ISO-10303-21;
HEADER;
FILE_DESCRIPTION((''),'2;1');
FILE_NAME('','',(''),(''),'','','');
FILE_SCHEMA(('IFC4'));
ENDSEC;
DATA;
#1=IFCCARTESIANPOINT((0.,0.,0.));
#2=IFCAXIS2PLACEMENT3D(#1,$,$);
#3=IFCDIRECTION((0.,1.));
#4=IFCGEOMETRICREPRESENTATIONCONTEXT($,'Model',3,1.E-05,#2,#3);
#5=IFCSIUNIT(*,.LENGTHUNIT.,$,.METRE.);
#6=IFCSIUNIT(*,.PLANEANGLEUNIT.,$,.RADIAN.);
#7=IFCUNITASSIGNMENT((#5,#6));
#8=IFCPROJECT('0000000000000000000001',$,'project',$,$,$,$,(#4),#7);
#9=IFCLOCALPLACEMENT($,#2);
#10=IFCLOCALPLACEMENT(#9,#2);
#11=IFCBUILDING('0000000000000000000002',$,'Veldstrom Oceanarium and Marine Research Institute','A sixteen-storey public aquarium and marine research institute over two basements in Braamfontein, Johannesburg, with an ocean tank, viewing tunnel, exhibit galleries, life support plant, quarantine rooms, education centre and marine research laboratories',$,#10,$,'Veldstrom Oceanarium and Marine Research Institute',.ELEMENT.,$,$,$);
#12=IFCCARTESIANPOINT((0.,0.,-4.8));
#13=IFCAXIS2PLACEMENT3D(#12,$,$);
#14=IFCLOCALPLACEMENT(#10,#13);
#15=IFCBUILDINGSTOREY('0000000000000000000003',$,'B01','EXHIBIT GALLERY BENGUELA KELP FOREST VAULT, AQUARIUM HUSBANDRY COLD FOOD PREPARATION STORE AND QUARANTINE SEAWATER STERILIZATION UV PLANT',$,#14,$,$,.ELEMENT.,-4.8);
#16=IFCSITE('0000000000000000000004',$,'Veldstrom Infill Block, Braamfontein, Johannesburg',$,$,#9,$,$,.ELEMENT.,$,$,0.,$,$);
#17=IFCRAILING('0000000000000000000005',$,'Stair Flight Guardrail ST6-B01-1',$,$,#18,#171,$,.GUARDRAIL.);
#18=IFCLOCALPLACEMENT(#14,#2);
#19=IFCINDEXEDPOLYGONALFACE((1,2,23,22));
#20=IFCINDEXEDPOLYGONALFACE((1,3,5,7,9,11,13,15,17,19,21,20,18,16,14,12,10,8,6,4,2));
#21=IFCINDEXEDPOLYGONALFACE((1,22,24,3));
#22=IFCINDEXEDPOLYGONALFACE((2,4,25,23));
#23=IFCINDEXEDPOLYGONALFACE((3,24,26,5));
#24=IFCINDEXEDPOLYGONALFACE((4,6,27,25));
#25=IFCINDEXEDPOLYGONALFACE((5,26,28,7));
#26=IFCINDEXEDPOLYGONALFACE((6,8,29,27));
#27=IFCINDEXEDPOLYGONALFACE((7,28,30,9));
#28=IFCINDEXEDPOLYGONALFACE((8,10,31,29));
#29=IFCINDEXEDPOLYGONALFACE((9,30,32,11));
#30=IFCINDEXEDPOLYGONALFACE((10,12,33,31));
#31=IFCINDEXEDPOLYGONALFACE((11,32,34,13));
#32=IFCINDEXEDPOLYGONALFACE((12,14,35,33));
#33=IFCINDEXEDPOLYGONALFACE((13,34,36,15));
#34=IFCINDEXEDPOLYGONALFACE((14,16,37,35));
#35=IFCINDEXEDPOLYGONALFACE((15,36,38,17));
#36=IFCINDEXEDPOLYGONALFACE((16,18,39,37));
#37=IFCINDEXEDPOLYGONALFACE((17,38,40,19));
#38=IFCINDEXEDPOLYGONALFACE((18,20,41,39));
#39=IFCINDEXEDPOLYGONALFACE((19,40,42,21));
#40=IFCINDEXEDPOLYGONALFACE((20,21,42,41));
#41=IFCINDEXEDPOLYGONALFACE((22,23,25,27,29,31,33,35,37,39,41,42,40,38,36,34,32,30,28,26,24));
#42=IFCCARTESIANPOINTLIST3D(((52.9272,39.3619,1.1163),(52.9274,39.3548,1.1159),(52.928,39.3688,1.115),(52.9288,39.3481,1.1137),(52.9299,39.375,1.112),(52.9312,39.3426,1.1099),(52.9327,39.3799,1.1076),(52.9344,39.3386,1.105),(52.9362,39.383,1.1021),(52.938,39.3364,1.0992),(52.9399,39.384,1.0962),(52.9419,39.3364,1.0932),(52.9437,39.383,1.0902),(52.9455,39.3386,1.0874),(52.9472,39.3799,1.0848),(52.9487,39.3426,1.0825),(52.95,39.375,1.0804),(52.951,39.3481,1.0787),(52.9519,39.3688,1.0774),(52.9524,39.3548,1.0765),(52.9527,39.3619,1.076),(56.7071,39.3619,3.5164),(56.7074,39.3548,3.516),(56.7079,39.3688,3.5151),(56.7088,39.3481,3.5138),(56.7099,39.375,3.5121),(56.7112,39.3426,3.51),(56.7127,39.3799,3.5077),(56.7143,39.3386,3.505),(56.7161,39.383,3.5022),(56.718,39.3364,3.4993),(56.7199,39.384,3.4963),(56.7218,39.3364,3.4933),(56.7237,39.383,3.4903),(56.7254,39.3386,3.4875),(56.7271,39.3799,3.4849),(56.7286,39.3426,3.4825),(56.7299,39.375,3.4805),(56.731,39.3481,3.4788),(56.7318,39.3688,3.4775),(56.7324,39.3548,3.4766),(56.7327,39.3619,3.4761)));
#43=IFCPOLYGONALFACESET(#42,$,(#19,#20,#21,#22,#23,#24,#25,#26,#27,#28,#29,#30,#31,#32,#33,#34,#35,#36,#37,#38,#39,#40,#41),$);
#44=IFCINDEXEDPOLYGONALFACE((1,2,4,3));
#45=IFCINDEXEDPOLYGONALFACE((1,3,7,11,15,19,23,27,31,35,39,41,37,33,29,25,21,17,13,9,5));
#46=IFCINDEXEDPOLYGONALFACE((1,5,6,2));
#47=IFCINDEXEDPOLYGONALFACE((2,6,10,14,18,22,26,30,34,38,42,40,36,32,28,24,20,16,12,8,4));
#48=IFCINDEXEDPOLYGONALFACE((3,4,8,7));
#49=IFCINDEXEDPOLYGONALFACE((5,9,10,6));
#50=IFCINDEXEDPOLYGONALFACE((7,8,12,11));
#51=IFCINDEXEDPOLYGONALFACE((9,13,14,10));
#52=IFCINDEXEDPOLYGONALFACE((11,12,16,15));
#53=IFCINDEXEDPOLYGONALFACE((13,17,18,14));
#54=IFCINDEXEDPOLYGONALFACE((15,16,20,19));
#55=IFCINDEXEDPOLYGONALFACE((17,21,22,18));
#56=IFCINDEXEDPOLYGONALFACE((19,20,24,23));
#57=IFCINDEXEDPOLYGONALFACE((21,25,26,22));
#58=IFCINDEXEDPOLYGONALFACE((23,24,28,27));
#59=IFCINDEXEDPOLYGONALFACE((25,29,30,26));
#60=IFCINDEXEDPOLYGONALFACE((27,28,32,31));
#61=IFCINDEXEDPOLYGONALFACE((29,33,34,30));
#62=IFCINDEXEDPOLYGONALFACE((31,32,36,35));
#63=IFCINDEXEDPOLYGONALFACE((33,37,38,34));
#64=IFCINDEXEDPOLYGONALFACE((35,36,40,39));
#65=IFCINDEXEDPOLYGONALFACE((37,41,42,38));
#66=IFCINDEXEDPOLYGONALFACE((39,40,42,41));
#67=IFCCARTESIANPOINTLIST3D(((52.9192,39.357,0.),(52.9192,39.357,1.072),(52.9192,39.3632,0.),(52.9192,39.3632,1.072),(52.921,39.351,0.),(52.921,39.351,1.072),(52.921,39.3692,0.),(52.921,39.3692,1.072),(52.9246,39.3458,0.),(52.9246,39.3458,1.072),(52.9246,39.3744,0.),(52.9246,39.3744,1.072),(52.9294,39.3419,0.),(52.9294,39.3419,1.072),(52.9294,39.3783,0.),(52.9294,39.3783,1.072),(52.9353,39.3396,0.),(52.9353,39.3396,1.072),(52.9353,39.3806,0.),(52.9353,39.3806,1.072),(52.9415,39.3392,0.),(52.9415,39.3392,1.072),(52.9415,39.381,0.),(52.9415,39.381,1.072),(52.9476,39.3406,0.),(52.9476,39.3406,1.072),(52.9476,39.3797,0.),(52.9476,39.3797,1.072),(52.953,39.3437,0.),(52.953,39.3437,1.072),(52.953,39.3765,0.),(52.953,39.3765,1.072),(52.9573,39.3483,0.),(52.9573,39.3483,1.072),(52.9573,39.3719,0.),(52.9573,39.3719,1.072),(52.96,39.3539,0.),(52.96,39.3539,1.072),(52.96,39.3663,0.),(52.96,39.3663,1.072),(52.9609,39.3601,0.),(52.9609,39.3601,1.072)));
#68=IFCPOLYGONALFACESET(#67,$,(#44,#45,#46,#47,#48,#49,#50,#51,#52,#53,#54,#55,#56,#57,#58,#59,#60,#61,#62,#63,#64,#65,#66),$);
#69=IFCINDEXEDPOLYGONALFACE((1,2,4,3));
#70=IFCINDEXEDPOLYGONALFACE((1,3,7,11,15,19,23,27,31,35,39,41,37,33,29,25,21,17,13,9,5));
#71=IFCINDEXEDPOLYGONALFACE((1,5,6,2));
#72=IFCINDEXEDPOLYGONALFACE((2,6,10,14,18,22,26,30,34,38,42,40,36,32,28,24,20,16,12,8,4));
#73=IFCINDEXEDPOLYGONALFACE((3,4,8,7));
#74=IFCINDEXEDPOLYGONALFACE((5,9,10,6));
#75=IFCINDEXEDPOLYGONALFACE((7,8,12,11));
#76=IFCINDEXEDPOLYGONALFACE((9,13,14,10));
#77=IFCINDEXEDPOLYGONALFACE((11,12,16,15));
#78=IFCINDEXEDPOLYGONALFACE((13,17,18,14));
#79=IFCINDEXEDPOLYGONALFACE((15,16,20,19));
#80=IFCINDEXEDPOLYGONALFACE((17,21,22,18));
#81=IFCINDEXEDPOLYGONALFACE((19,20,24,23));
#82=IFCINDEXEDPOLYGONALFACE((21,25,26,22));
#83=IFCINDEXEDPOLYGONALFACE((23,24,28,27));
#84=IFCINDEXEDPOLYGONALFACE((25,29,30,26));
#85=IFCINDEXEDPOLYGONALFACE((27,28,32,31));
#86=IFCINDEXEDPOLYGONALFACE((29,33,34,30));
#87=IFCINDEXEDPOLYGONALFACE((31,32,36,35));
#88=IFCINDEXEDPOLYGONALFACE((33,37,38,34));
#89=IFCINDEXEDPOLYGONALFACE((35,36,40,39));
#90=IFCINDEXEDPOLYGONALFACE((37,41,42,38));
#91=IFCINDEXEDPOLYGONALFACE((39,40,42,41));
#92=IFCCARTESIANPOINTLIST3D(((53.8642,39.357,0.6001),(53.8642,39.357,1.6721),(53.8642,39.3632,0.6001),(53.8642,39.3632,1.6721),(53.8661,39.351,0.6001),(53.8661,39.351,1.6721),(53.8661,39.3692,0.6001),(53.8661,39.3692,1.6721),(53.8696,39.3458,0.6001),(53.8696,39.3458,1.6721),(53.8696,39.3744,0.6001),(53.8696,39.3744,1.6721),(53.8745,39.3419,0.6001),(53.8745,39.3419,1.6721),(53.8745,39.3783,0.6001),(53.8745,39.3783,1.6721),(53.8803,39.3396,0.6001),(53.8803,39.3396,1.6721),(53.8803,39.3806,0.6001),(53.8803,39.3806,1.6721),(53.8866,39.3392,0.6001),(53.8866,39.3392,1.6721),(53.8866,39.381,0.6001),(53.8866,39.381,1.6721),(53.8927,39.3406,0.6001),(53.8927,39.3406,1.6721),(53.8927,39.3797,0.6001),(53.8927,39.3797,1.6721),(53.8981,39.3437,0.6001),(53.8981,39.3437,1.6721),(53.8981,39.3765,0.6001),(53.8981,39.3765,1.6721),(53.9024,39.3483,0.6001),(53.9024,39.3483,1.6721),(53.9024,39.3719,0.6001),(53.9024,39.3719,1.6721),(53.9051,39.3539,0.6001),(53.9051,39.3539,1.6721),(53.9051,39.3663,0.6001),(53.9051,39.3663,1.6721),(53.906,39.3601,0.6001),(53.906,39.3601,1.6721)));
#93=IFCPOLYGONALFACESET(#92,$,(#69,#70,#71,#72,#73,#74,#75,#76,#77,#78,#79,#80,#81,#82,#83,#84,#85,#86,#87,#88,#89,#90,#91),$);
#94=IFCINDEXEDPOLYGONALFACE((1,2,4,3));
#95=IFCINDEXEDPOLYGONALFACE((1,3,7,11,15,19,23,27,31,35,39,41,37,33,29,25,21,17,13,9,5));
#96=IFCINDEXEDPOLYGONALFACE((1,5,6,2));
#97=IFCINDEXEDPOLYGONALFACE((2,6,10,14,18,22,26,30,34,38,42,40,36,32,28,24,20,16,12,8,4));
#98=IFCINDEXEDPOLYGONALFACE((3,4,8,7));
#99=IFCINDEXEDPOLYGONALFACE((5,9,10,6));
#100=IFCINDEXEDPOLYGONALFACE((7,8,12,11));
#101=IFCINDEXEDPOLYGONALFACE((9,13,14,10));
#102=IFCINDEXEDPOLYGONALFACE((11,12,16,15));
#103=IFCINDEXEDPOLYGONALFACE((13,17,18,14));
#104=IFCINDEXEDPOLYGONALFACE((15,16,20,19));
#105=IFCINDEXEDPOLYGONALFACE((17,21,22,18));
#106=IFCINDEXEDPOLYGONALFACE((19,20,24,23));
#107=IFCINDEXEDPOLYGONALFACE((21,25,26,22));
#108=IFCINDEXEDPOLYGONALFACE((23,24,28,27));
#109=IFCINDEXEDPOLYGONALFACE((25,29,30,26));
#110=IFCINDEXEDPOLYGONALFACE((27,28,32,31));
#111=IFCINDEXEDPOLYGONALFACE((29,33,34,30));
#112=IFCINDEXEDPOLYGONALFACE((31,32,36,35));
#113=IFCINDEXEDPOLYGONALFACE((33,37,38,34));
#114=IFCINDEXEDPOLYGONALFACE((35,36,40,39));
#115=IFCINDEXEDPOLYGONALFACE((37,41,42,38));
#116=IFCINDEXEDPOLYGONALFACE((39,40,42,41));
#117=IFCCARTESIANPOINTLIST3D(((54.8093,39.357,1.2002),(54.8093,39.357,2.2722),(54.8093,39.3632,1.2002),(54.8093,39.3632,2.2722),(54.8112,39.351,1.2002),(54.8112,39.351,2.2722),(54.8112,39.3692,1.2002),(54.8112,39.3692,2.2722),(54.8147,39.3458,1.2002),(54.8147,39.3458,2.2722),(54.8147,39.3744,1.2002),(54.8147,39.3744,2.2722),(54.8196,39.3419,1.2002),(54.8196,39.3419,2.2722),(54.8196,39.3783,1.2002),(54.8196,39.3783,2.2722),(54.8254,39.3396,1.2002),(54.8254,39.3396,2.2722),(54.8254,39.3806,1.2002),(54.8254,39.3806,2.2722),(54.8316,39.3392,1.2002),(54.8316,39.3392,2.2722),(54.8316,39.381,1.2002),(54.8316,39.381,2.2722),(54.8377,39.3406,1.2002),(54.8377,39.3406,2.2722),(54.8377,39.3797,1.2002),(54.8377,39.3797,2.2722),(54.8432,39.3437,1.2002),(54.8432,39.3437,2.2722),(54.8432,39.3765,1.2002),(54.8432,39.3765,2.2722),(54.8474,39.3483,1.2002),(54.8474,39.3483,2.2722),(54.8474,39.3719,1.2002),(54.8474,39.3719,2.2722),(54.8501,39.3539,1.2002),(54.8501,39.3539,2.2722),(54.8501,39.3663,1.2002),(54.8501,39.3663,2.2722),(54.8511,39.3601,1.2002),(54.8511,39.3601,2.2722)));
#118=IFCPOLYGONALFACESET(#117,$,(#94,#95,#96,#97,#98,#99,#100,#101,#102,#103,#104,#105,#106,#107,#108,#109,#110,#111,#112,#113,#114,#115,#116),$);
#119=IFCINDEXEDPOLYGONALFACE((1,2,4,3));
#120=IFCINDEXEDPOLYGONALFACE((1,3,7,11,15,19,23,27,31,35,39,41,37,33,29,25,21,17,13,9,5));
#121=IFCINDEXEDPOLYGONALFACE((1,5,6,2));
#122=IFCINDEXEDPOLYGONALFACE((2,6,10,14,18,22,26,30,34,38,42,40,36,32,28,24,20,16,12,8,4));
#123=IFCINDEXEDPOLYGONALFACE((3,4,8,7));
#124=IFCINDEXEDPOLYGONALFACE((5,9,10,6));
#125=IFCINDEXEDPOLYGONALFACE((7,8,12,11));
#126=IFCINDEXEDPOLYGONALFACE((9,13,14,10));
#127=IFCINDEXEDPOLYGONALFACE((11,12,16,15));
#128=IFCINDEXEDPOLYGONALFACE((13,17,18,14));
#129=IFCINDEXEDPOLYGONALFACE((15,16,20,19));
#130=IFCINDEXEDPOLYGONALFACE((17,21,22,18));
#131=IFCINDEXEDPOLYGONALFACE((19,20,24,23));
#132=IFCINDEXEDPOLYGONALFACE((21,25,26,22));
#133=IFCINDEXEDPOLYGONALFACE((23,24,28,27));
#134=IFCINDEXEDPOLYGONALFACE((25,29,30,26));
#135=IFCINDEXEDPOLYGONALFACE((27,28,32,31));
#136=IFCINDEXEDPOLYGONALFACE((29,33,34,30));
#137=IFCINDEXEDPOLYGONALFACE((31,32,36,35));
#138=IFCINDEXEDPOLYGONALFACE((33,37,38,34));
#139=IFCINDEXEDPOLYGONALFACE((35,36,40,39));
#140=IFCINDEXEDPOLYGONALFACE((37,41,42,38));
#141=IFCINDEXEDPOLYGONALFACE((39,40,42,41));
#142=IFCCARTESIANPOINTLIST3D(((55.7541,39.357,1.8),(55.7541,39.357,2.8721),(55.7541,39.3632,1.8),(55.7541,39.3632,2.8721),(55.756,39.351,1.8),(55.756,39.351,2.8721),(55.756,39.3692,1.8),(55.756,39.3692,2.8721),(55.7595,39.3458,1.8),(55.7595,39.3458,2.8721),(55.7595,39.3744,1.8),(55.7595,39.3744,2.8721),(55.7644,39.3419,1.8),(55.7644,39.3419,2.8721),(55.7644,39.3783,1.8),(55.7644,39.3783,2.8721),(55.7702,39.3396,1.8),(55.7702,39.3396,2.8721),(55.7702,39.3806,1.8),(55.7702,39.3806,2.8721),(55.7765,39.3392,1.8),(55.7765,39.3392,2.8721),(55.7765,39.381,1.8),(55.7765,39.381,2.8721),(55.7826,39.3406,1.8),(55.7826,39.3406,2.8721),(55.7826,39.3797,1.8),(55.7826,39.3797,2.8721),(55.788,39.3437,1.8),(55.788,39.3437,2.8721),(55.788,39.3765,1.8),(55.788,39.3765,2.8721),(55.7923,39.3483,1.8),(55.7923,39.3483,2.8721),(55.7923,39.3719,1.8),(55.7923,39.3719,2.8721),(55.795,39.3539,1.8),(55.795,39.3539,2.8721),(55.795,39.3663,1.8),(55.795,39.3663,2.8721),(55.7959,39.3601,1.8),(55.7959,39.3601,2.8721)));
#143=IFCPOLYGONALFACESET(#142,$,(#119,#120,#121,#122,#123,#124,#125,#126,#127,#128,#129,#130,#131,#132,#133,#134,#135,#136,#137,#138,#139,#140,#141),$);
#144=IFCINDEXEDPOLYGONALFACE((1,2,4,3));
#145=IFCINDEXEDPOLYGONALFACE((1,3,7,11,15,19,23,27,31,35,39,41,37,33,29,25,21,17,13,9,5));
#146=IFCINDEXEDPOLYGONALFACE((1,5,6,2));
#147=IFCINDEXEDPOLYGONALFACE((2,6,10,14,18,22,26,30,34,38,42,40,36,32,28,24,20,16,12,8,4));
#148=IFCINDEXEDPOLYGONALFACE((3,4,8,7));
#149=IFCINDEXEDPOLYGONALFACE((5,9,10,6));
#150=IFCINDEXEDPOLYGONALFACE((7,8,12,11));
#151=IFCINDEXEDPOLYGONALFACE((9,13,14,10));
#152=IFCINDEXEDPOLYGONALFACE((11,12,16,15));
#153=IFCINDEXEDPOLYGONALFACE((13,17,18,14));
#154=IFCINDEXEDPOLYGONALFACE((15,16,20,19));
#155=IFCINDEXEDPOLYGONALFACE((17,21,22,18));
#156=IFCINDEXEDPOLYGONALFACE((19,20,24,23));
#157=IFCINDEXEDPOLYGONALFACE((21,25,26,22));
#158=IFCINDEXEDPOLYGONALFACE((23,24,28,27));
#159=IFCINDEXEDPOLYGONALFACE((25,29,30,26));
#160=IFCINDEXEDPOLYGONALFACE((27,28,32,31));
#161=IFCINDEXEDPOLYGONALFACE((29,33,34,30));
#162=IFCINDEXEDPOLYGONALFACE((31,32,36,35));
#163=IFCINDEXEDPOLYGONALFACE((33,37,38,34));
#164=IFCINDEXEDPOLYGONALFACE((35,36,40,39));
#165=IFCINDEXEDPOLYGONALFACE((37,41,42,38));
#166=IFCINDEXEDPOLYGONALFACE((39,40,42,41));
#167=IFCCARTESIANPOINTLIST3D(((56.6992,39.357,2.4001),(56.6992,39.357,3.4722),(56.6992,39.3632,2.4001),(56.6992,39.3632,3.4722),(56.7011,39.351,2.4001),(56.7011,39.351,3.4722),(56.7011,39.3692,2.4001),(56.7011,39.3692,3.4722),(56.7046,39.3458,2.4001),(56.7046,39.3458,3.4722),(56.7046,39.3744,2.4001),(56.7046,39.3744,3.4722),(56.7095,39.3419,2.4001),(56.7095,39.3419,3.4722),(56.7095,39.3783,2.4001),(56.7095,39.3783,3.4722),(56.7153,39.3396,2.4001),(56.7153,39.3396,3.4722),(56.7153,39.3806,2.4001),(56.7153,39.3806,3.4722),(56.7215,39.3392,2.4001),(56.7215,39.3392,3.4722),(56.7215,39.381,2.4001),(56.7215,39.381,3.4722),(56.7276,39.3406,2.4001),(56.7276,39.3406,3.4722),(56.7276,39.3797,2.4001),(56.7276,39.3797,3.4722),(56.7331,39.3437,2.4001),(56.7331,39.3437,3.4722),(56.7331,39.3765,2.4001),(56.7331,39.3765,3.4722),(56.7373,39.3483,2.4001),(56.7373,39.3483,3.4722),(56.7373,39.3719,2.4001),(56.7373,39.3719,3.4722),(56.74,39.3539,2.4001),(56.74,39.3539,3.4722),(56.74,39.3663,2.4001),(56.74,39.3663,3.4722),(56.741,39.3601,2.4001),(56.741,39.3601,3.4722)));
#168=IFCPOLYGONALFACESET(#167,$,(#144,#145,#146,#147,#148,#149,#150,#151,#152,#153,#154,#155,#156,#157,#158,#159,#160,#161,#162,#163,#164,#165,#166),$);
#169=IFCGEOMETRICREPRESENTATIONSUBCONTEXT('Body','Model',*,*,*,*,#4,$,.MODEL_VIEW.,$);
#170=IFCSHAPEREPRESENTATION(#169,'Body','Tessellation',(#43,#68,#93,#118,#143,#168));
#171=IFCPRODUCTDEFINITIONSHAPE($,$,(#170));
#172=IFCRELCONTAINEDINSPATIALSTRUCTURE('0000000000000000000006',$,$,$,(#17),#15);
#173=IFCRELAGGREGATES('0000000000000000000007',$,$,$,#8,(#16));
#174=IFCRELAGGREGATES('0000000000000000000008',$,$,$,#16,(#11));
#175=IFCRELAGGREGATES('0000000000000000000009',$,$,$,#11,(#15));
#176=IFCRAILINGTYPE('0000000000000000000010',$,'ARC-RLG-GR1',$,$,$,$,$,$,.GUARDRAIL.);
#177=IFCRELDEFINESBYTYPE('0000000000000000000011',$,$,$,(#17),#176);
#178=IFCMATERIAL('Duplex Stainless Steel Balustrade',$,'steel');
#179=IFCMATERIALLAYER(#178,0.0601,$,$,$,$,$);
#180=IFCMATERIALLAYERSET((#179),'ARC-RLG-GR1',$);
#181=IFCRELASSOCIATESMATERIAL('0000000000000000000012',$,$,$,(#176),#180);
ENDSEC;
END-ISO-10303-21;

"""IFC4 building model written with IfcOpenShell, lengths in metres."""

from ifc_helpers import new_model, si_unit, direction, frame, origin, origin_2d, place, context, subcontext, project, spatial, circle, extrude, material, layer, layer_set, type_object, element, save


model = new_model("IFC4")

# Units and contexts
model_context = context("Model", 3, precision=1e-05, world=origin(), true_north=direction((0.0, 1.0)))
body_context = subcontext(model_context, "Body", "Model", "MODEL_VIEW")
ifc_project = project(units=[si_unit("LENGTHUNIT", "METRE"), si_unit("PLANEANGLEUNIT", "RADIAN")], contexts=[model_context])

# Site, building, storey
site_placement = place(None, origin())
site = spatial("IfcSite", under=ifc_project, at=site_placement, Name="Veldstrom Infill Block, Braamfontein, Johannesburg", CompositionType="ELEMENT", RefElevation=0.0)
building_placement = place(site_placement, origin())
building = spatial("IfcBuilding", under=site, at=building_placement, Name="Veldstrom Oceanarium and Marine Research Institute", Description="A sixteen-storey public aquarium and marine research institute over two basements in Braamfontein, Johannesburg, with an ocean tank, viewing tunnel, exhibit galleries, life support plant, quarantine rooms, education centre and marine research laboratories", LongName="Veldstrom Oceanarium and Marine Research Institute", CompositionType="ELEMENT")
storey_placement = place(building_placement, frame((0.0, 0.0, -4.8)))
storey = spatial("IfcBuildingStorey", under=building, at=storey_placement, Name="B01", Description="EXHIBIT GALLERY BENGUELA KELP FOREST VAULT, AQUARIUM HUSBANDRY COLD FOOD PREPARATION STORE AND QUARANTINE SEAWATER STERILIZATION UV PLANT", CompositionType="ELEMENT", Elevation=-4.8)

# Railing
ifc_material_1 = material(Name="Duplex Stainless Steel Balustrade", Category="steel")
ifc_layer_1 = layer(ifc_material_1, 0.0601)
ifc_layer_set_1 = layer_set([ifc_layer_1], Name="ARC-RLG-GR1")
railing_type_1 = type_object("IfcRailingType", Name="ARC-RLG-GR1", PredefinedType="GUARDRAIL", material=ifc_layer_set_1)
railing_1_placement = place(storey_placement, frame((52.9399, 39.3601, 0.0)))
element("IfcRailing", 1, at=railing_1_placement, inside=storey, type_object=railing_type_1, Name="Stair Flight Guardrail ST6-B01-1", PredefinedType="GUARDRAIL", context=body_context, shape_type="SweptSolid", body=[
    extrude(circle(Radius=0.0239, at=origin_2d()), frame((0.0, 0.0, 1.0962), z_axis=(0.8442, 0.0, 0.536028), x_axis=(0.0, 1.0, 0.0)), (0.0, 0.0, 1.0), 4.4775),
    extrude(circle(Radius=0.021, at=origin_2d()), origin(), (0.0, 0.0, 1.0), 1.072),
    extrude(circle(Radius=0.021, at=origin_2d()), frame((0.9451, 0.0, 0.6001)), (0.0, 0.0, 1.0), 1.072),
    extrude(circle(Radius=0.021, at=origin_2d()), frame((1.8901, 0.0, 1.2002)), (0.0, 0.0, 1.0), 1.072),
    extrude(circle(Radius=0.021, at=origin_2d()), frame((2.835, 0.0, 1.8)), (0.0, 0.0, 1.0), 1.072),
    extrude(circle(Radius=0.021, at=origin_2d()), frame((3.78, 0.0, 2.4001)), (0.0, 0.0, 1.0), 1.072),
])

save(model, "model.ifc")
